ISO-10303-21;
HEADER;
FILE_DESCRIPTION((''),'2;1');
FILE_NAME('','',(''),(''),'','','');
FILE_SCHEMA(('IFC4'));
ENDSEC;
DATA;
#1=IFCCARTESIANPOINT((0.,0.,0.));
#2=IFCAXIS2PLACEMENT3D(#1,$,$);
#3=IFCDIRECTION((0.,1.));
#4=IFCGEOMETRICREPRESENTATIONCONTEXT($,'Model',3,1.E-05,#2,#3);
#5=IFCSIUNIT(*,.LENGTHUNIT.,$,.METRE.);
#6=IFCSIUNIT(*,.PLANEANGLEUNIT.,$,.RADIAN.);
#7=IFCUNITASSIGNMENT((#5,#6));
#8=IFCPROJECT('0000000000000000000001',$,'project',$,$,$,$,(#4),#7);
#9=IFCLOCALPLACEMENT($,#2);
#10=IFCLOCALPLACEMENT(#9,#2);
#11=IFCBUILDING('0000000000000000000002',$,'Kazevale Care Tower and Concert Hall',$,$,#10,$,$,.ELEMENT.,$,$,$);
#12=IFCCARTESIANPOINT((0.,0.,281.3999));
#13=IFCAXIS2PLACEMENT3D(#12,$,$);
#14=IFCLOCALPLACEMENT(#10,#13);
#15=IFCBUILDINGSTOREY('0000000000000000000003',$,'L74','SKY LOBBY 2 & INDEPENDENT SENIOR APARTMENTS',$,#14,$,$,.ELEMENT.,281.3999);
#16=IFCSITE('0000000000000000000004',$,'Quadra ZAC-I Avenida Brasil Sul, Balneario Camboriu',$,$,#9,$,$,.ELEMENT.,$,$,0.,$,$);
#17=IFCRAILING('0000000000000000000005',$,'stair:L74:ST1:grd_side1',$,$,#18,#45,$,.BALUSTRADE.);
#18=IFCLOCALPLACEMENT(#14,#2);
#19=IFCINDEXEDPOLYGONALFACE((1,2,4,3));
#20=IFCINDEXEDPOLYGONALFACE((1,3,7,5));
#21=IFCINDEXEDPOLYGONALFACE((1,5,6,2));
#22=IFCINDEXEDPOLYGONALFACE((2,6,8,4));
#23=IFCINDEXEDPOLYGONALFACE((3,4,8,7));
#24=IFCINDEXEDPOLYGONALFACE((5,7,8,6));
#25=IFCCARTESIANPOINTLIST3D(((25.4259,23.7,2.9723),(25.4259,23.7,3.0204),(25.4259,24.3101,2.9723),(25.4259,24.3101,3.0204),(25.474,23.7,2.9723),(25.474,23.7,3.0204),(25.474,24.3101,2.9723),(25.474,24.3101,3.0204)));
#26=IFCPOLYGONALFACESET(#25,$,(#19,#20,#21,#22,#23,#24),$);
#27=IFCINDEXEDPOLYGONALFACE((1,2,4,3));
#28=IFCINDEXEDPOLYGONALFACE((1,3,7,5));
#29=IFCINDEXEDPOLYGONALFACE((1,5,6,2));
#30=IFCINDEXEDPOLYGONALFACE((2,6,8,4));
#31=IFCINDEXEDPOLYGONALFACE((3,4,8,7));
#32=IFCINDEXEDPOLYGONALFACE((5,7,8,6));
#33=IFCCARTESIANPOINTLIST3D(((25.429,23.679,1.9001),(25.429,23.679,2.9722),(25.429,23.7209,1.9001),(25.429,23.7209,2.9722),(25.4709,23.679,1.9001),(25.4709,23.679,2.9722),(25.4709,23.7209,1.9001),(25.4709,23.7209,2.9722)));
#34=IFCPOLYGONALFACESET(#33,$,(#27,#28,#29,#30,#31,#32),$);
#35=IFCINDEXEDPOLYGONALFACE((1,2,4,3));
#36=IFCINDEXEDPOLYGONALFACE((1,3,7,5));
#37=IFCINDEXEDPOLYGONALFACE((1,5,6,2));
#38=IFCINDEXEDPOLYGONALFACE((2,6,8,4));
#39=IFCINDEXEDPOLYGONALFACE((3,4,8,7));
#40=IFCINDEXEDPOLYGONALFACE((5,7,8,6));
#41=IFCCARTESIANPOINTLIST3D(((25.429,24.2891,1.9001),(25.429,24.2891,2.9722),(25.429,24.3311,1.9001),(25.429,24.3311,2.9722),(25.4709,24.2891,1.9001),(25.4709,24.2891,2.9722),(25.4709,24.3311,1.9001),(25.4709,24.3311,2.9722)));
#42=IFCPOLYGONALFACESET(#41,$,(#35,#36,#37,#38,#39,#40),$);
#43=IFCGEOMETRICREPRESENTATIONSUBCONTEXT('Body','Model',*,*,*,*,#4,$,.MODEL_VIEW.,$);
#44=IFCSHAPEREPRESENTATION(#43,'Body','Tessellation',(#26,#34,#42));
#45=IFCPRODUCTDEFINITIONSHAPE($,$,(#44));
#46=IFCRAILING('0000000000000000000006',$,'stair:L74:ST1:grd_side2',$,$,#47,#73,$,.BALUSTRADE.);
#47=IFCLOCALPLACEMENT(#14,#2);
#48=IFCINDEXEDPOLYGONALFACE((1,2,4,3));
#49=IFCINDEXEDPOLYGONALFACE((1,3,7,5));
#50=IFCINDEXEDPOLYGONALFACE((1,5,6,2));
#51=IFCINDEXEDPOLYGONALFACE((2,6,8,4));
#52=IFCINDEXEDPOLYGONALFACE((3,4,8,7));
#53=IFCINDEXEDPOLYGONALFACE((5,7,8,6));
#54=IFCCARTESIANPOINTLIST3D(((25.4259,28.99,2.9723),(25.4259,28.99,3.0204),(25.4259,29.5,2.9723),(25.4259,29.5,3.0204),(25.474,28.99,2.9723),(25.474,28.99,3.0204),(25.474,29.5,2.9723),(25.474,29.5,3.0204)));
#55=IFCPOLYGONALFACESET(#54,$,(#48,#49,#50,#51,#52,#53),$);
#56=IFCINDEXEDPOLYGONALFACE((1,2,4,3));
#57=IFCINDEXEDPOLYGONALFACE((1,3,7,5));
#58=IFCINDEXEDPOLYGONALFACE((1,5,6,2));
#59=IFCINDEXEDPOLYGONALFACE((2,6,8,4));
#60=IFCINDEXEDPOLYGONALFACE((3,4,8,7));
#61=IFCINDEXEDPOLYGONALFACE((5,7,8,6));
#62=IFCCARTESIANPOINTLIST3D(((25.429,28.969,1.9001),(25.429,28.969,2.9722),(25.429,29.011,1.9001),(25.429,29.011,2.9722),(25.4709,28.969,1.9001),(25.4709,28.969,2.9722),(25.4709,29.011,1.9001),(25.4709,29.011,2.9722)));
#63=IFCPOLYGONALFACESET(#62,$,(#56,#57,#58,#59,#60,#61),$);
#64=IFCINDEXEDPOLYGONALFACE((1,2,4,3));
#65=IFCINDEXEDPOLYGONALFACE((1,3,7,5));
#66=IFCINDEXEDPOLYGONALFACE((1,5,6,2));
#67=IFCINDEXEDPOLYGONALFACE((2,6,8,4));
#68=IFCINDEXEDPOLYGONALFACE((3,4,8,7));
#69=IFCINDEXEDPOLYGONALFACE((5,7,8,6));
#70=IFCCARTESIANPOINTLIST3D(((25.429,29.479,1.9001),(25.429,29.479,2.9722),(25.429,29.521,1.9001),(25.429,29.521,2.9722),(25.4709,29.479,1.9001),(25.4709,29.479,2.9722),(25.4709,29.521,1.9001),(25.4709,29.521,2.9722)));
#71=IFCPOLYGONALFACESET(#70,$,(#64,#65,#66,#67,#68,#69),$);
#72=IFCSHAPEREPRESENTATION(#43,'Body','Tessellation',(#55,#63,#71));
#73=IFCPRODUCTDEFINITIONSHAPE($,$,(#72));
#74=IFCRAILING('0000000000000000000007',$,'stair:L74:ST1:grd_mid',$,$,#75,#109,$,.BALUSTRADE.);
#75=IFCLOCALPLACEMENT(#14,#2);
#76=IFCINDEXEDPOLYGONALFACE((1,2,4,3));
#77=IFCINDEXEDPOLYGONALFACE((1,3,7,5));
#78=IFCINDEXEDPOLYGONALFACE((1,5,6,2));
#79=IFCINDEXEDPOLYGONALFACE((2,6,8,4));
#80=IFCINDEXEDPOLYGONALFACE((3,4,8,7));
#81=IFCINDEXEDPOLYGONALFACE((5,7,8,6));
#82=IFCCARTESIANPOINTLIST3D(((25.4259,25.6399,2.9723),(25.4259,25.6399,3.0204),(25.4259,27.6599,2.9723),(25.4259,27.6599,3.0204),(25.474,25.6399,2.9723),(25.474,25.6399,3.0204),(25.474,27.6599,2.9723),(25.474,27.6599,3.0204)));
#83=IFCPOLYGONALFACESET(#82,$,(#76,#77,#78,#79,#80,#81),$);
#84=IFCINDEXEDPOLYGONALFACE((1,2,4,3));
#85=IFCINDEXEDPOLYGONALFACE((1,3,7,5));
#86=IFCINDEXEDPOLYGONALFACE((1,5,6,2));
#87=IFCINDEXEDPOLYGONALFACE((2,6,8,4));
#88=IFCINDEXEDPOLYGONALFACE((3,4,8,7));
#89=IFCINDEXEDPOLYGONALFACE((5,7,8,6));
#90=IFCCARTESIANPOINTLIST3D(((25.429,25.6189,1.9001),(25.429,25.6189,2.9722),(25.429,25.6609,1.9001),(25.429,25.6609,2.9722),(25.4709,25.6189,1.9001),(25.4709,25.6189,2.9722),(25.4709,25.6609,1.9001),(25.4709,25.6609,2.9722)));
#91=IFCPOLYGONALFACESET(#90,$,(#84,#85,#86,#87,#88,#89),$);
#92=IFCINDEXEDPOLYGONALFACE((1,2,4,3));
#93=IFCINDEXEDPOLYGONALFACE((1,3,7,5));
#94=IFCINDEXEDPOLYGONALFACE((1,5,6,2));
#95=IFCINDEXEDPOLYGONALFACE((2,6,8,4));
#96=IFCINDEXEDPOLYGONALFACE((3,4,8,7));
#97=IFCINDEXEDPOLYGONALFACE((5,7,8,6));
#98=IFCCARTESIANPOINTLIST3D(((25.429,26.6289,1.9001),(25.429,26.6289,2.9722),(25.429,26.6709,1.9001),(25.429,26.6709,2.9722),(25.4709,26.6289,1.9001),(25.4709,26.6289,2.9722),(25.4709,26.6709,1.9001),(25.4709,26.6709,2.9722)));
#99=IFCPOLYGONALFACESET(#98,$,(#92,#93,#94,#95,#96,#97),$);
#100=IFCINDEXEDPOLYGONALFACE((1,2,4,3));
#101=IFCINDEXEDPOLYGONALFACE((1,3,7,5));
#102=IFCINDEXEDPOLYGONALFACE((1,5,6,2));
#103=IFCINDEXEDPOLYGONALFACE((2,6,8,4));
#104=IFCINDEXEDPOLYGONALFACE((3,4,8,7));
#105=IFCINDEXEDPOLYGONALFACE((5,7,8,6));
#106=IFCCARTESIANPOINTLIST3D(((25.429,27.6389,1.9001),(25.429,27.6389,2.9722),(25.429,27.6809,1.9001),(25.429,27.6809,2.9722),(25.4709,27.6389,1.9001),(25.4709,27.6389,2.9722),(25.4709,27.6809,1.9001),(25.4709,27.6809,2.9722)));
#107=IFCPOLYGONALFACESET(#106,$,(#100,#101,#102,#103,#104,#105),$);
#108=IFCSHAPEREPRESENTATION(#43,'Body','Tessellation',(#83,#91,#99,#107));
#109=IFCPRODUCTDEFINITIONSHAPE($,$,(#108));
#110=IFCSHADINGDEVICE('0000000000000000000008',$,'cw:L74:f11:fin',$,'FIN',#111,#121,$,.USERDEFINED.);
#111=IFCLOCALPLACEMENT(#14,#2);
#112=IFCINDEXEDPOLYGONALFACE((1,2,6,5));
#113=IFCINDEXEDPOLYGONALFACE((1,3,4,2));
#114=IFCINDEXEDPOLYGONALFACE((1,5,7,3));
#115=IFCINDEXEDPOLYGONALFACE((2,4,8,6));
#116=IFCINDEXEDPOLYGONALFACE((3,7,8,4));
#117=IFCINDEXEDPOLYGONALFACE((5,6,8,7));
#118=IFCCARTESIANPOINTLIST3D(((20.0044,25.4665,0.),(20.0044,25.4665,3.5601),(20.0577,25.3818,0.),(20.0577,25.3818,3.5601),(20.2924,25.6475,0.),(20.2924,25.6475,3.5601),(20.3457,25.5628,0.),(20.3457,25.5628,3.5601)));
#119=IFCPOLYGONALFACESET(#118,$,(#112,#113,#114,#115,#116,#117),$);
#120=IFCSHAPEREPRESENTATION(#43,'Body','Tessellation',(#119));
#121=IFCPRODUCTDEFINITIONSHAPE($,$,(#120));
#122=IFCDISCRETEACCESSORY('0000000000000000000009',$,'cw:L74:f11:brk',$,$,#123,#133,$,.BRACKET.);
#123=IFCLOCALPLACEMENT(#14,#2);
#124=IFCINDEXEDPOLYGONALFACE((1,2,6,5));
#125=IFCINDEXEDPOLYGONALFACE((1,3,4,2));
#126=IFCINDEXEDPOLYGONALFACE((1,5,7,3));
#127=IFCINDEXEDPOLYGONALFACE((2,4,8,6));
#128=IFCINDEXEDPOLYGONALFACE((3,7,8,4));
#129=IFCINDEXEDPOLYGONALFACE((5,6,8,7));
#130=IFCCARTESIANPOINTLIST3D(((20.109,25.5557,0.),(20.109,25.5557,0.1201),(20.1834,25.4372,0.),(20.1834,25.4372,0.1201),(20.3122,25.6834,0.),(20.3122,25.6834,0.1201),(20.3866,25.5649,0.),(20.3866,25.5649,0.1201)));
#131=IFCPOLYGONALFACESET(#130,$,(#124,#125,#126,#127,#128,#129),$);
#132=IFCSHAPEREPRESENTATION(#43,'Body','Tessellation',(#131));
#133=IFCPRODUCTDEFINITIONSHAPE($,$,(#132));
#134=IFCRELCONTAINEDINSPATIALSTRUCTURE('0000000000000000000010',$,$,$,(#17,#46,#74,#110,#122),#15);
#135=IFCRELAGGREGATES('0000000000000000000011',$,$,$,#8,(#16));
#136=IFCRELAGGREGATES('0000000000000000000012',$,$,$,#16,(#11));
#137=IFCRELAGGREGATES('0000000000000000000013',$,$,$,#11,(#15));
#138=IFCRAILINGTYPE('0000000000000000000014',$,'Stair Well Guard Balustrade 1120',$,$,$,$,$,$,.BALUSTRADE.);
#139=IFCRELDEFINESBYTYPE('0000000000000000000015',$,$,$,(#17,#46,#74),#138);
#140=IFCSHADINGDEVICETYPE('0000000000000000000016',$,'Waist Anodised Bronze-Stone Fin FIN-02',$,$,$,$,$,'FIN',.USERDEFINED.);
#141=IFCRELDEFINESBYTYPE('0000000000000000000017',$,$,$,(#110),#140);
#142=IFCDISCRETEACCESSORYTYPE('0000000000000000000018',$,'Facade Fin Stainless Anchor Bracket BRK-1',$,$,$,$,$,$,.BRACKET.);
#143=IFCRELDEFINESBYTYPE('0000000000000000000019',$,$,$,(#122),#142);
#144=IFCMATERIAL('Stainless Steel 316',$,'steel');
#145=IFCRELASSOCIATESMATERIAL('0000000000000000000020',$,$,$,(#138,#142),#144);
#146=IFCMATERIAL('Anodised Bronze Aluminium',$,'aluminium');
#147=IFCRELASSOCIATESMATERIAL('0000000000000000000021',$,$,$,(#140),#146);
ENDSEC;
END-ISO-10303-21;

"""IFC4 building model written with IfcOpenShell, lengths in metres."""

from ifc_helpers import new_model, si_unit, direction, frame, origin, origin_2d, place, context, subcontext, project, spatial, rectangle, extrude, material, type_object, element, save


model = new_model("IFC4")

# Units and contexts
model_context = context("Model", 3, precision=1e-05, world=origin(), true_north=direction((0.0, 1.0)))
body_context = subcontext(model_context, "Body", "Model", "MODEL_VIEW")
ifc_project = project(units=[si_unit("LENGTHUNIT", "METRE"), si_unit("PLANEANGLEUNIT", "RADIAN")], contexts=[model_context])

# Site, building, storey
site_placement = place(None, origin())
site = spatial("IfcSite", under=ifc_project, at=site_placement, Name="Quadra ZAC-I Avenida Brasil Sul, Balneario Camboriu", CompositionType="ELEMENT", RefElevation=0.0)
building_placement = place(site_placement, origin())
building = spatial("IfcBuilding", under=site, at=building_placement, Name="Kazevale Care Tower and Concert Hall", CompositionType="ELEMENT")
storey_placement = place(building_placement, frame((0.0, 0.0, 281.3999)))
storey = spatial("IfcBuildingStorey", under=building, at=storey_placement, Name="L74", Description="SKY LOBBY 2 & INDEPENDENT SENIOR APARTMENTS", CompositionType="ELEMENT", Elevation=281.3999)

# Railings
ifc_material_1 = material(Name="Stainless Steel 316", Category="steel")
railing_type_1 = type_object("IfcRailingType", Name="Stair Well Guard Balustrade 1120", PredefinedType="BALUSTRADE", material=ifc_material_1)
railing_1_placement = place(storey_placement, frame((25.45, 23.7, 1.9001)))
element("IfcRailing", 1, at=railing_1_placement, inside=storey, type_object=railing_type_1, Name="stair:L74:ST1:grd_side1", PredefinedType="BALUSTRADE", context=body_context, shape_type="SweptSolid", body=[
    extrude(rectangle(XDim=0.0481, YDim=0.0481, at=origin_2d()), frame((0.0, 0.0, 1.0962), z_axis=(0.0, 1.0, 0.0), x_axis=(-1.0, 0.0, 0.0)), (0.0, 0.0, 1.0), 0.6101),
    extrude(rectangle(XDim=0.042, YDim=0.042, at=origin_2d()), origin(), (0.0, 0.0, 1.0), 1.072),
    extrude(rectangle(XDim=0.042, YDim=0.042, at=origin_2d()), frame((0.0, 0.6101, 0.0)), (0.0, 0.0, 1.0), 1.072),
])
railing_2_placement = place(storey_placement, frame((25.45, 28.99, 1.9001)))
element("IfcRailing", 2, at=railing_2_placement, inside=storey, type_object=railing_type_1, Name="stair:L74:ST1:grd_side2", PredefinedType="BALUSTRADE", context=body_context, shape_type="SweptSolid", body=[
    extrude(rectangle(XDim=0.0481, YDim=0.0481, at=origin_2d()), frame((0.0, 0.0, 1.0962), z_axis=(0.0, 1.0, 0.0), x_axis=(-1.0, 0.0, 0.0)), (0.0, 0.0, 1.0), 0.51),
    extrude(rectangle(XDim=0.042, YDim=0.042, at=origin_2d()), origin(), (0.0, 0.0, 1.0), 1.072),
    extrude(rectangle(XDim=0.042, YDim=0.042, at=origin_2d()), frame((0.0, 0.51, 0.0)), (0.0, 0.0, 1.0), 1.072),
])
railing_3_placement = place(storey_placement, frame((25.45, 25.6399, 1.9001)))
element("IfcRailing", 3, at=railing_3_placement, inside=storey, type_object=railing_type_1, Name="stair:L74:ST1:grd_mid", PredefinedType="BALUSTRADE", context=body_context, shape_type="SweptSolid", body=[
    extrude(rectangle(XDim=0.0481, YDim=0.0481, at=origin_2d()), frame((0.0, 0.0, 1.0962), z_axis=(0.0, 1.0, 0.0), x_axis=(-1.0, 0.0, 0.0)), (0.0, 0.0, 1.0), 2.02),
    extrude(rectangle(XDim=0.042, YDim=0.042, at=origin_2d()), origin(), (0.0, 0.0, 1.0), 1.072),
    extrude(rectangle(XDim=0.042, YDim=0.042, at=origin_2d()), frame((0.0, 1.01, 0.0)), (0.0, 0.0, 1.0), 1.072),
    extrude(rectangle(XDim=0.042, YDim=0.042, at=origin_2d()), frame((0.0, 2.02, 0.0)), (0.0, 0.0, 1.0), 1.072),
])

# Shading device
ifc_material_2 = material(Name="Anodised Bronze Aluminium", Category="aluminium")
shading_device_type = type_object("IfcShadingDeviceType", Name="Waist Anodised Bronze-Stone Fin FIN-02", ElementType="FIN", PredefinedType="USERDEFINED", material=ifc_material_2)
shading_device_placement = place(storey_placement, frame((20.175, 25.5146, 0.0), z_axis=(0.0, 0.0, 1.0), x_axis=(-0.846658, -0.532138, 0.0)))
element("IfcShadingDevice", 4, at=shading_device_placement, inside=storey, type_object=shading_device_type, Name="cw:L74:f11:fin", ObjectType="FIN", PredefinedType="USERDEFINED", context=body_context, shape_type="SweptSolid", body=[
    extrude(rectangle(XDim=0.3401, YDim=0.1001, at=origin_2d()), origin(), (0.0, 0.0, 1.0), 3.5601),
])

# Discrete accessory
discrete_accessory_type = type_object("IfcDiscreteAccessoryType", Name="Facade Fin Stainless Anchor Bracket BRK-1", PredefinedType="BRACKET", material=ifc_material_1)
discrete_accessory_placement = place(storey_placement, frame((20.2478, 25.5603, 0.0), z_axis=(0.0, 0.0, 1.0), x_axis=(-0.846658, -0.532138, 0.0)))
element("IfcDiscreteAccessory", 5, at=discrete_accessory_placement, inside=storey, type_object=discrete_accessory_type, Name="cw:L74:f11:brk", PredefinedType="BRACKET", context=body_context, shape_type="SweptSolid", body=[
    extrude(rectangle(XDim=0.24, YDim=0.1399, at=origin_2d()), origin(), (0.0, 0.0, 1.0), 0.1201),
])

save(model, "model.ifc")
